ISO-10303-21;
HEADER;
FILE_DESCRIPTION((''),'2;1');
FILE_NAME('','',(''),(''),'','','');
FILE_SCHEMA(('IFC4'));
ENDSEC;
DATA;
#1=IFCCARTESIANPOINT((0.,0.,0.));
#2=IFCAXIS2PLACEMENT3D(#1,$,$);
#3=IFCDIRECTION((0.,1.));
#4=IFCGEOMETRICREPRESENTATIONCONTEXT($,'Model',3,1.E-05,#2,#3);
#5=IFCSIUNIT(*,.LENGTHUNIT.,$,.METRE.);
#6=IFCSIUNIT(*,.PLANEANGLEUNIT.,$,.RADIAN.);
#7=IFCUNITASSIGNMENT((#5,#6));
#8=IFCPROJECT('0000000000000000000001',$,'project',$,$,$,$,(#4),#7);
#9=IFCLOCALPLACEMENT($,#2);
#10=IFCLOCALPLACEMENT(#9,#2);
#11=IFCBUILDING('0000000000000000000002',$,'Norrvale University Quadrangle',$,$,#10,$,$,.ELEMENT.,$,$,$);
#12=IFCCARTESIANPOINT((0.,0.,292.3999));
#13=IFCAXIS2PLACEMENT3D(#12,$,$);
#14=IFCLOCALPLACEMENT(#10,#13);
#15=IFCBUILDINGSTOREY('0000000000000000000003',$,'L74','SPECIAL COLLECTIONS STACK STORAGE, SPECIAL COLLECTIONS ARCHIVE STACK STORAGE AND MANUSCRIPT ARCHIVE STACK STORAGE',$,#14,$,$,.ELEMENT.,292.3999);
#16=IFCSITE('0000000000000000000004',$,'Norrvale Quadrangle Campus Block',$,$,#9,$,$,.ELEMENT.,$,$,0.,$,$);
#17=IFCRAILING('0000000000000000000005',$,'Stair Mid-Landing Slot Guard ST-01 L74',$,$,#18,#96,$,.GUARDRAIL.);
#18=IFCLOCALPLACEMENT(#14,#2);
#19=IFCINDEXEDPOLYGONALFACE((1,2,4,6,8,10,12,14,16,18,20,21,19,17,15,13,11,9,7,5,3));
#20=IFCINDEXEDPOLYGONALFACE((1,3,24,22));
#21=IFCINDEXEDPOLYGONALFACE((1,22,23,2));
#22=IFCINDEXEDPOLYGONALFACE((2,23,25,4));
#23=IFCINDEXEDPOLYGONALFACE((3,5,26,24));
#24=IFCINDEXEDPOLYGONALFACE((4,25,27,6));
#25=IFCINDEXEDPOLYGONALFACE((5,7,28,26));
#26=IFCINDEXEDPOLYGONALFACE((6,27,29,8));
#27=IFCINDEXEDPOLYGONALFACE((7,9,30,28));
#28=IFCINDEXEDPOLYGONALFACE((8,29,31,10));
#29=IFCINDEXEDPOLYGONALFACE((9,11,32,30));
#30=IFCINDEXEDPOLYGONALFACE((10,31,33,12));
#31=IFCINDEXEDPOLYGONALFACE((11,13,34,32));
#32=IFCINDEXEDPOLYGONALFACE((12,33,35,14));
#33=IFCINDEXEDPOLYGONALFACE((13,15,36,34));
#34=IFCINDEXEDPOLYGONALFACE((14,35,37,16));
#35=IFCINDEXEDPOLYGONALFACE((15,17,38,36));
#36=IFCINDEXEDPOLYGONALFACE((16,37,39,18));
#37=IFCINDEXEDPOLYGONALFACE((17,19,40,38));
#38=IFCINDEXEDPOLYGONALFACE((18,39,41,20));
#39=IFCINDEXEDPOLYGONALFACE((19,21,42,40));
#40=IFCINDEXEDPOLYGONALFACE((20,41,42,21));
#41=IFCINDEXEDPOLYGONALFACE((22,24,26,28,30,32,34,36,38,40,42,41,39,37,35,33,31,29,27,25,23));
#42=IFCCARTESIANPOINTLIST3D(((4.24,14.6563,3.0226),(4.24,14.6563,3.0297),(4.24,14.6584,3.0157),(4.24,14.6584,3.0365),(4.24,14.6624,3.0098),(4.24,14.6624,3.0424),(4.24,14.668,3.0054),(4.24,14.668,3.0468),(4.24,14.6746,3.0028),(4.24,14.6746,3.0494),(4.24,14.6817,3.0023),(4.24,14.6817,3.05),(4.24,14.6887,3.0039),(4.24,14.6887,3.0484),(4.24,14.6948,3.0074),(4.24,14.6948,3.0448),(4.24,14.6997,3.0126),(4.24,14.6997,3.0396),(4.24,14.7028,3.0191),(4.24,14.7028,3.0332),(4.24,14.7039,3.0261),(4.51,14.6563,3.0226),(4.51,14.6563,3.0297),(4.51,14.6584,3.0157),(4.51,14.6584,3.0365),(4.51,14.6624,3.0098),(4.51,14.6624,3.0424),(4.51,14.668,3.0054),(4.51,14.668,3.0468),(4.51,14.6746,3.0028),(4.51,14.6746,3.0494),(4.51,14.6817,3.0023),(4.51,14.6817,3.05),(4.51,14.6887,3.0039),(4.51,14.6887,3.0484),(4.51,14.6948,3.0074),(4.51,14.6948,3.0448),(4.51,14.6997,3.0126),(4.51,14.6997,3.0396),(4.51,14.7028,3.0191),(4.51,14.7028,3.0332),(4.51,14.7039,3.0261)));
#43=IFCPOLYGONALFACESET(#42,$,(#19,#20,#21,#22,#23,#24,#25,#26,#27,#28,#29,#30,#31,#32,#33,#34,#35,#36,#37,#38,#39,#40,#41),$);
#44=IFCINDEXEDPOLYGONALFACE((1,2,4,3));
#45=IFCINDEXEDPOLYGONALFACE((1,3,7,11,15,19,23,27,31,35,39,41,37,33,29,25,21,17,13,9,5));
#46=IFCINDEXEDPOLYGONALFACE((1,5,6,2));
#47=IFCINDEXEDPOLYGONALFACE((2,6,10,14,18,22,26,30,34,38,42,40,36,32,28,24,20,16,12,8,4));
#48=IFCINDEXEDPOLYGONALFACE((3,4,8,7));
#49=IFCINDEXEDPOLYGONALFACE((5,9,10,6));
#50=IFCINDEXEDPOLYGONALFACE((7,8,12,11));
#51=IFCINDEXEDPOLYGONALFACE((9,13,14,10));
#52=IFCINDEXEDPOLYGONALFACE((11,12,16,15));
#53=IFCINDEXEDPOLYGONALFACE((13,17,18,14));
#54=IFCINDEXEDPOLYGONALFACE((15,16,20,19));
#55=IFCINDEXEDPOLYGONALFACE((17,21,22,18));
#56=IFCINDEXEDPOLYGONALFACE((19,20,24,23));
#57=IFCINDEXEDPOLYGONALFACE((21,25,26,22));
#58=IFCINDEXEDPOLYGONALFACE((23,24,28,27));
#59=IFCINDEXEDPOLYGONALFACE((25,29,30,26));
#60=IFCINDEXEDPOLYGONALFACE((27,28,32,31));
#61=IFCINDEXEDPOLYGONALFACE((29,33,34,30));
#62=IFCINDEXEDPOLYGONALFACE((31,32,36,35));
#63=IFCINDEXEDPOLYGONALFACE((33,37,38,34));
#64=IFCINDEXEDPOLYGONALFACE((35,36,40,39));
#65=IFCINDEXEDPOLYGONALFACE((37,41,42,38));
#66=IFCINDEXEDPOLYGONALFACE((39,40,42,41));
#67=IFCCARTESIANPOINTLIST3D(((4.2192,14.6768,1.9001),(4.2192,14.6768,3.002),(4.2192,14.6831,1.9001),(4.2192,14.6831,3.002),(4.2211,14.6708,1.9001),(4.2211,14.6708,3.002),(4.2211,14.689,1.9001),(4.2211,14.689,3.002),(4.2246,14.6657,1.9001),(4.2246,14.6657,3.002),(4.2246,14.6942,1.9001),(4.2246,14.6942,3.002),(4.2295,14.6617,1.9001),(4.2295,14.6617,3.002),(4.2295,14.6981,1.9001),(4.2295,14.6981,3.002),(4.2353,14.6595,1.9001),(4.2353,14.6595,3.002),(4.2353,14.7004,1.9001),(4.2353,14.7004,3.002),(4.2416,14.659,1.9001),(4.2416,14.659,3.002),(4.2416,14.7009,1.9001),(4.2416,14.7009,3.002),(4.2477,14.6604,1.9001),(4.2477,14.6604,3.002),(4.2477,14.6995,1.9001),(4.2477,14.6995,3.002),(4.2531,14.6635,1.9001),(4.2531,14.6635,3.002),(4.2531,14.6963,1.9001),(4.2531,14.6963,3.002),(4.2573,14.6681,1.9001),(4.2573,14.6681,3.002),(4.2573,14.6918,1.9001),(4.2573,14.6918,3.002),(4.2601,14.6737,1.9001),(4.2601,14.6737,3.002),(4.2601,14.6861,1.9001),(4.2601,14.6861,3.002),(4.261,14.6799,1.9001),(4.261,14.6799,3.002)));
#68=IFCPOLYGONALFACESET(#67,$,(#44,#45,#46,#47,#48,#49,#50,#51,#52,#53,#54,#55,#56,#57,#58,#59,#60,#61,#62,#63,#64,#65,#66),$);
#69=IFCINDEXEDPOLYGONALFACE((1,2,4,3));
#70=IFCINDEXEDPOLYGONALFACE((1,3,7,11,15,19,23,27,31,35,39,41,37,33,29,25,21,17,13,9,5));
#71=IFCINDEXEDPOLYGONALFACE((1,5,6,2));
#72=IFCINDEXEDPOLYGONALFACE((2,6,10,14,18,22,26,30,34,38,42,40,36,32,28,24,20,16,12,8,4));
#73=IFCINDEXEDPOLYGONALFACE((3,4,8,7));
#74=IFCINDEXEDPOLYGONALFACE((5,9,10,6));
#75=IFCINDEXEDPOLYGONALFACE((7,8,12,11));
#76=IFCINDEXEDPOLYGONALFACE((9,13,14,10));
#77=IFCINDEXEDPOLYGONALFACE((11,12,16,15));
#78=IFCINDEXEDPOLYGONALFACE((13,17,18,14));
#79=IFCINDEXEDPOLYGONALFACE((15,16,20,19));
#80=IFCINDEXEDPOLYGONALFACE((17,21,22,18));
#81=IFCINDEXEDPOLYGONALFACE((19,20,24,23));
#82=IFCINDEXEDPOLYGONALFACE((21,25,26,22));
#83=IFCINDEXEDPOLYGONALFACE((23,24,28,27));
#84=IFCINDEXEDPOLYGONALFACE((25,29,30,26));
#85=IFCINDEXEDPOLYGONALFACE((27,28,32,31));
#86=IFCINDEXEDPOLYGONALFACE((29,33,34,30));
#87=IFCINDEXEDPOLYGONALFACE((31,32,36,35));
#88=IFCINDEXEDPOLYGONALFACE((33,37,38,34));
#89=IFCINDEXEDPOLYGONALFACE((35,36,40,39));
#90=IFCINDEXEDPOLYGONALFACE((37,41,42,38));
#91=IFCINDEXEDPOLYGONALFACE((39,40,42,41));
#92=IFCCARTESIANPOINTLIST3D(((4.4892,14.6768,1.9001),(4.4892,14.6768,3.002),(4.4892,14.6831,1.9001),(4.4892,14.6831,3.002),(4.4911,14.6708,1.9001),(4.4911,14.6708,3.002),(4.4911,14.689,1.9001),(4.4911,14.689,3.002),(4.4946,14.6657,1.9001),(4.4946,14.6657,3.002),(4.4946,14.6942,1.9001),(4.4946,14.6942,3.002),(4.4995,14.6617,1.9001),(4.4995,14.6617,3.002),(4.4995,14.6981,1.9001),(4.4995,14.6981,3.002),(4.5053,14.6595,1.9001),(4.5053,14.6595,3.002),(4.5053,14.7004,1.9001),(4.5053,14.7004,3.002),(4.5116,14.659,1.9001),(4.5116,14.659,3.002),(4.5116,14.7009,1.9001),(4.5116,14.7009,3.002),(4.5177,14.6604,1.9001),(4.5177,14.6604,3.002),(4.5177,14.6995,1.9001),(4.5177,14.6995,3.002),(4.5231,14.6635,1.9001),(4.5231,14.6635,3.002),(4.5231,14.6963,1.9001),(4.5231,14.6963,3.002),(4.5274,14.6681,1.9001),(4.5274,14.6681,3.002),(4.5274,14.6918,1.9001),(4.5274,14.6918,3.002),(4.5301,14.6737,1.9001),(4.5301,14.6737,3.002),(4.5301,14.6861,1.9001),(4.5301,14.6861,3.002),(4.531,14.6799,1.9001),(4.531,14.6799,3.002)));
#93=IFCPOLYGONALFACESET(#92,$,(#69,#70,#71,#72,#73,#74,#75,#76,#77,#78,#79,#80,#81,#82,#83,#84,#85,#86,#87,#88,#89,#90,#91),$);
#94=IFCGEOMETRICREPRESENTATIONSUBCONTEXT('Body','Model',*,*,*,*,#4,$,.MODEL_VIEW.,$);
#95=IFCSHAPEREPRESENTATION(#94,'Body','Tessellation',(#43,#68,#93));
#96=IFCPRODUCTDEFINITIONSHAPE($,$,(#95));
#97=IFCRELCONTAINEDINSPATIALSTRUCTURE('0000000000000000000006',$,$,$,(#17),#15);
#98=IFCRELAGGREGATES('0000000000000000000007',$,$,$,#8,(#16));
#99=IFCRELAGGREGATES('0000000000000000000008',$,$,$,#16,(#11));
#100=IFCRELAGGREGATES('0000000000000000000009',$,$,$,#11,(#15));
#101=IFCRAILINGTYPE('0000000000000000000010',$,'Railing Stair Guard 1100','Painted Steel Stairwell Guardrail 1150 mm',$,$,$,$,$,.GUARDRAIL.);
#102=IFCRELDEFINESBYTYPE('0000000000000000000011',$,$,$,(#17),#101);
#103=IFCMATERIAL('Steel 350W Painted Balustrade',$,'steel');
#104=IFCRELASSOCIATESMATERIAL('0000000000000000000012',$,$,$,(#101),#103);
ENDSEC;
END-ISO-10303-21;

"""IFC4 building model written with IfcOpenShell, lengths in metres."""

from ifc_helpers import new_model, si_unit, direction, frame, origin, origin_2d, place, context, subcontext, project, spatial, circle, extrude, material, type_object, element, save


model = new_model("IFC4")

# Units and contexts
model_context = context("Model", 3, precision=1e-05, world=origin(), true_north=direction((0.0, 1.0)))
body_context = subcontext(model_context, "Body", "Model", "MODEL_VIEW")
ifc_project = project(units=[si_unit("LENGTHUNIT", "METRE"), si_unit("PLANEANGLEUNIT", "RADIAN")], contexts=[model_context])

# Site, building, storey
site_placement = place(None, origin())
site = spatial("IfcSite", under=ifc_project, at=site_placement, Name="Norrvale Quadrangle Campus Block", CompositionType="ELEMENT", RefElevation=0.0)
building_placement = place(site_placement, origin())
building = spatial("IfcBuilding", under=site, at=building_placement, Name="Norrvale University Quadrangle", CompositionType="ELEMENT")
storey_placement = place(building_placement, frame((0.0, 0.0, 292.3999)))
storey = spatial("IfcBuildingStorey", under=building, at=storey_placement, Name="L74", Description="SPECIAL COLLECTIONS STACK STORAGE, SPECIAL COLLECTIONS ARCHIVE STACK STORAGE AND MANUSCRIPT ARCHIVE STACK STORAGE", CompositionType="ELEMENT", Elevation=292.3999)

# Railing
ifc_material_1 = material(Name="Steel 350W Painted Balustrade", Category="steel")
railing_type_1 = type_object("IfcRailingType", Name="Railing Stair Guard 1100", Description="Painted Steel Stairwell Guardrail 1150 mm", PredefinedType="GUARDRAIL", material=ifc_material_1)
for number, where, name in (
    (1, (4.24, 14.6799, 1.9001), "Stair Mid-Landing Slot Guard ST-01 L74"),
):
    element("IfcRailing", number, at=place(storey_placement, frame(where)), inside=storey, type_object=railing_type_1, Name=name, PredefinedType="GUARDRAIL", context=body_context, shape_type="SweptSolid", body=[
        extrude(circle(Radius=0.0239, at=origin_2d()), frame((0.0, 0.0, 1.126), z_axis=(1.0, 0.0, 0.0), x_axis=(0.0, 1.0, 0.0)), (0.0, 0.0, 1.0), 0.27),
        extrude(circle(Radius=0.021, at=origin_2d()), origin(), (0.0, 0.0, 1.0), 1.1018),
        extrude(circle(Radius=0.021, at=origin_2d()), frame((0.27, 0.0, 0.0)), (0.0, 0.0, 1.0), 1.1018),
    ])

save(model, "model.ifc")
